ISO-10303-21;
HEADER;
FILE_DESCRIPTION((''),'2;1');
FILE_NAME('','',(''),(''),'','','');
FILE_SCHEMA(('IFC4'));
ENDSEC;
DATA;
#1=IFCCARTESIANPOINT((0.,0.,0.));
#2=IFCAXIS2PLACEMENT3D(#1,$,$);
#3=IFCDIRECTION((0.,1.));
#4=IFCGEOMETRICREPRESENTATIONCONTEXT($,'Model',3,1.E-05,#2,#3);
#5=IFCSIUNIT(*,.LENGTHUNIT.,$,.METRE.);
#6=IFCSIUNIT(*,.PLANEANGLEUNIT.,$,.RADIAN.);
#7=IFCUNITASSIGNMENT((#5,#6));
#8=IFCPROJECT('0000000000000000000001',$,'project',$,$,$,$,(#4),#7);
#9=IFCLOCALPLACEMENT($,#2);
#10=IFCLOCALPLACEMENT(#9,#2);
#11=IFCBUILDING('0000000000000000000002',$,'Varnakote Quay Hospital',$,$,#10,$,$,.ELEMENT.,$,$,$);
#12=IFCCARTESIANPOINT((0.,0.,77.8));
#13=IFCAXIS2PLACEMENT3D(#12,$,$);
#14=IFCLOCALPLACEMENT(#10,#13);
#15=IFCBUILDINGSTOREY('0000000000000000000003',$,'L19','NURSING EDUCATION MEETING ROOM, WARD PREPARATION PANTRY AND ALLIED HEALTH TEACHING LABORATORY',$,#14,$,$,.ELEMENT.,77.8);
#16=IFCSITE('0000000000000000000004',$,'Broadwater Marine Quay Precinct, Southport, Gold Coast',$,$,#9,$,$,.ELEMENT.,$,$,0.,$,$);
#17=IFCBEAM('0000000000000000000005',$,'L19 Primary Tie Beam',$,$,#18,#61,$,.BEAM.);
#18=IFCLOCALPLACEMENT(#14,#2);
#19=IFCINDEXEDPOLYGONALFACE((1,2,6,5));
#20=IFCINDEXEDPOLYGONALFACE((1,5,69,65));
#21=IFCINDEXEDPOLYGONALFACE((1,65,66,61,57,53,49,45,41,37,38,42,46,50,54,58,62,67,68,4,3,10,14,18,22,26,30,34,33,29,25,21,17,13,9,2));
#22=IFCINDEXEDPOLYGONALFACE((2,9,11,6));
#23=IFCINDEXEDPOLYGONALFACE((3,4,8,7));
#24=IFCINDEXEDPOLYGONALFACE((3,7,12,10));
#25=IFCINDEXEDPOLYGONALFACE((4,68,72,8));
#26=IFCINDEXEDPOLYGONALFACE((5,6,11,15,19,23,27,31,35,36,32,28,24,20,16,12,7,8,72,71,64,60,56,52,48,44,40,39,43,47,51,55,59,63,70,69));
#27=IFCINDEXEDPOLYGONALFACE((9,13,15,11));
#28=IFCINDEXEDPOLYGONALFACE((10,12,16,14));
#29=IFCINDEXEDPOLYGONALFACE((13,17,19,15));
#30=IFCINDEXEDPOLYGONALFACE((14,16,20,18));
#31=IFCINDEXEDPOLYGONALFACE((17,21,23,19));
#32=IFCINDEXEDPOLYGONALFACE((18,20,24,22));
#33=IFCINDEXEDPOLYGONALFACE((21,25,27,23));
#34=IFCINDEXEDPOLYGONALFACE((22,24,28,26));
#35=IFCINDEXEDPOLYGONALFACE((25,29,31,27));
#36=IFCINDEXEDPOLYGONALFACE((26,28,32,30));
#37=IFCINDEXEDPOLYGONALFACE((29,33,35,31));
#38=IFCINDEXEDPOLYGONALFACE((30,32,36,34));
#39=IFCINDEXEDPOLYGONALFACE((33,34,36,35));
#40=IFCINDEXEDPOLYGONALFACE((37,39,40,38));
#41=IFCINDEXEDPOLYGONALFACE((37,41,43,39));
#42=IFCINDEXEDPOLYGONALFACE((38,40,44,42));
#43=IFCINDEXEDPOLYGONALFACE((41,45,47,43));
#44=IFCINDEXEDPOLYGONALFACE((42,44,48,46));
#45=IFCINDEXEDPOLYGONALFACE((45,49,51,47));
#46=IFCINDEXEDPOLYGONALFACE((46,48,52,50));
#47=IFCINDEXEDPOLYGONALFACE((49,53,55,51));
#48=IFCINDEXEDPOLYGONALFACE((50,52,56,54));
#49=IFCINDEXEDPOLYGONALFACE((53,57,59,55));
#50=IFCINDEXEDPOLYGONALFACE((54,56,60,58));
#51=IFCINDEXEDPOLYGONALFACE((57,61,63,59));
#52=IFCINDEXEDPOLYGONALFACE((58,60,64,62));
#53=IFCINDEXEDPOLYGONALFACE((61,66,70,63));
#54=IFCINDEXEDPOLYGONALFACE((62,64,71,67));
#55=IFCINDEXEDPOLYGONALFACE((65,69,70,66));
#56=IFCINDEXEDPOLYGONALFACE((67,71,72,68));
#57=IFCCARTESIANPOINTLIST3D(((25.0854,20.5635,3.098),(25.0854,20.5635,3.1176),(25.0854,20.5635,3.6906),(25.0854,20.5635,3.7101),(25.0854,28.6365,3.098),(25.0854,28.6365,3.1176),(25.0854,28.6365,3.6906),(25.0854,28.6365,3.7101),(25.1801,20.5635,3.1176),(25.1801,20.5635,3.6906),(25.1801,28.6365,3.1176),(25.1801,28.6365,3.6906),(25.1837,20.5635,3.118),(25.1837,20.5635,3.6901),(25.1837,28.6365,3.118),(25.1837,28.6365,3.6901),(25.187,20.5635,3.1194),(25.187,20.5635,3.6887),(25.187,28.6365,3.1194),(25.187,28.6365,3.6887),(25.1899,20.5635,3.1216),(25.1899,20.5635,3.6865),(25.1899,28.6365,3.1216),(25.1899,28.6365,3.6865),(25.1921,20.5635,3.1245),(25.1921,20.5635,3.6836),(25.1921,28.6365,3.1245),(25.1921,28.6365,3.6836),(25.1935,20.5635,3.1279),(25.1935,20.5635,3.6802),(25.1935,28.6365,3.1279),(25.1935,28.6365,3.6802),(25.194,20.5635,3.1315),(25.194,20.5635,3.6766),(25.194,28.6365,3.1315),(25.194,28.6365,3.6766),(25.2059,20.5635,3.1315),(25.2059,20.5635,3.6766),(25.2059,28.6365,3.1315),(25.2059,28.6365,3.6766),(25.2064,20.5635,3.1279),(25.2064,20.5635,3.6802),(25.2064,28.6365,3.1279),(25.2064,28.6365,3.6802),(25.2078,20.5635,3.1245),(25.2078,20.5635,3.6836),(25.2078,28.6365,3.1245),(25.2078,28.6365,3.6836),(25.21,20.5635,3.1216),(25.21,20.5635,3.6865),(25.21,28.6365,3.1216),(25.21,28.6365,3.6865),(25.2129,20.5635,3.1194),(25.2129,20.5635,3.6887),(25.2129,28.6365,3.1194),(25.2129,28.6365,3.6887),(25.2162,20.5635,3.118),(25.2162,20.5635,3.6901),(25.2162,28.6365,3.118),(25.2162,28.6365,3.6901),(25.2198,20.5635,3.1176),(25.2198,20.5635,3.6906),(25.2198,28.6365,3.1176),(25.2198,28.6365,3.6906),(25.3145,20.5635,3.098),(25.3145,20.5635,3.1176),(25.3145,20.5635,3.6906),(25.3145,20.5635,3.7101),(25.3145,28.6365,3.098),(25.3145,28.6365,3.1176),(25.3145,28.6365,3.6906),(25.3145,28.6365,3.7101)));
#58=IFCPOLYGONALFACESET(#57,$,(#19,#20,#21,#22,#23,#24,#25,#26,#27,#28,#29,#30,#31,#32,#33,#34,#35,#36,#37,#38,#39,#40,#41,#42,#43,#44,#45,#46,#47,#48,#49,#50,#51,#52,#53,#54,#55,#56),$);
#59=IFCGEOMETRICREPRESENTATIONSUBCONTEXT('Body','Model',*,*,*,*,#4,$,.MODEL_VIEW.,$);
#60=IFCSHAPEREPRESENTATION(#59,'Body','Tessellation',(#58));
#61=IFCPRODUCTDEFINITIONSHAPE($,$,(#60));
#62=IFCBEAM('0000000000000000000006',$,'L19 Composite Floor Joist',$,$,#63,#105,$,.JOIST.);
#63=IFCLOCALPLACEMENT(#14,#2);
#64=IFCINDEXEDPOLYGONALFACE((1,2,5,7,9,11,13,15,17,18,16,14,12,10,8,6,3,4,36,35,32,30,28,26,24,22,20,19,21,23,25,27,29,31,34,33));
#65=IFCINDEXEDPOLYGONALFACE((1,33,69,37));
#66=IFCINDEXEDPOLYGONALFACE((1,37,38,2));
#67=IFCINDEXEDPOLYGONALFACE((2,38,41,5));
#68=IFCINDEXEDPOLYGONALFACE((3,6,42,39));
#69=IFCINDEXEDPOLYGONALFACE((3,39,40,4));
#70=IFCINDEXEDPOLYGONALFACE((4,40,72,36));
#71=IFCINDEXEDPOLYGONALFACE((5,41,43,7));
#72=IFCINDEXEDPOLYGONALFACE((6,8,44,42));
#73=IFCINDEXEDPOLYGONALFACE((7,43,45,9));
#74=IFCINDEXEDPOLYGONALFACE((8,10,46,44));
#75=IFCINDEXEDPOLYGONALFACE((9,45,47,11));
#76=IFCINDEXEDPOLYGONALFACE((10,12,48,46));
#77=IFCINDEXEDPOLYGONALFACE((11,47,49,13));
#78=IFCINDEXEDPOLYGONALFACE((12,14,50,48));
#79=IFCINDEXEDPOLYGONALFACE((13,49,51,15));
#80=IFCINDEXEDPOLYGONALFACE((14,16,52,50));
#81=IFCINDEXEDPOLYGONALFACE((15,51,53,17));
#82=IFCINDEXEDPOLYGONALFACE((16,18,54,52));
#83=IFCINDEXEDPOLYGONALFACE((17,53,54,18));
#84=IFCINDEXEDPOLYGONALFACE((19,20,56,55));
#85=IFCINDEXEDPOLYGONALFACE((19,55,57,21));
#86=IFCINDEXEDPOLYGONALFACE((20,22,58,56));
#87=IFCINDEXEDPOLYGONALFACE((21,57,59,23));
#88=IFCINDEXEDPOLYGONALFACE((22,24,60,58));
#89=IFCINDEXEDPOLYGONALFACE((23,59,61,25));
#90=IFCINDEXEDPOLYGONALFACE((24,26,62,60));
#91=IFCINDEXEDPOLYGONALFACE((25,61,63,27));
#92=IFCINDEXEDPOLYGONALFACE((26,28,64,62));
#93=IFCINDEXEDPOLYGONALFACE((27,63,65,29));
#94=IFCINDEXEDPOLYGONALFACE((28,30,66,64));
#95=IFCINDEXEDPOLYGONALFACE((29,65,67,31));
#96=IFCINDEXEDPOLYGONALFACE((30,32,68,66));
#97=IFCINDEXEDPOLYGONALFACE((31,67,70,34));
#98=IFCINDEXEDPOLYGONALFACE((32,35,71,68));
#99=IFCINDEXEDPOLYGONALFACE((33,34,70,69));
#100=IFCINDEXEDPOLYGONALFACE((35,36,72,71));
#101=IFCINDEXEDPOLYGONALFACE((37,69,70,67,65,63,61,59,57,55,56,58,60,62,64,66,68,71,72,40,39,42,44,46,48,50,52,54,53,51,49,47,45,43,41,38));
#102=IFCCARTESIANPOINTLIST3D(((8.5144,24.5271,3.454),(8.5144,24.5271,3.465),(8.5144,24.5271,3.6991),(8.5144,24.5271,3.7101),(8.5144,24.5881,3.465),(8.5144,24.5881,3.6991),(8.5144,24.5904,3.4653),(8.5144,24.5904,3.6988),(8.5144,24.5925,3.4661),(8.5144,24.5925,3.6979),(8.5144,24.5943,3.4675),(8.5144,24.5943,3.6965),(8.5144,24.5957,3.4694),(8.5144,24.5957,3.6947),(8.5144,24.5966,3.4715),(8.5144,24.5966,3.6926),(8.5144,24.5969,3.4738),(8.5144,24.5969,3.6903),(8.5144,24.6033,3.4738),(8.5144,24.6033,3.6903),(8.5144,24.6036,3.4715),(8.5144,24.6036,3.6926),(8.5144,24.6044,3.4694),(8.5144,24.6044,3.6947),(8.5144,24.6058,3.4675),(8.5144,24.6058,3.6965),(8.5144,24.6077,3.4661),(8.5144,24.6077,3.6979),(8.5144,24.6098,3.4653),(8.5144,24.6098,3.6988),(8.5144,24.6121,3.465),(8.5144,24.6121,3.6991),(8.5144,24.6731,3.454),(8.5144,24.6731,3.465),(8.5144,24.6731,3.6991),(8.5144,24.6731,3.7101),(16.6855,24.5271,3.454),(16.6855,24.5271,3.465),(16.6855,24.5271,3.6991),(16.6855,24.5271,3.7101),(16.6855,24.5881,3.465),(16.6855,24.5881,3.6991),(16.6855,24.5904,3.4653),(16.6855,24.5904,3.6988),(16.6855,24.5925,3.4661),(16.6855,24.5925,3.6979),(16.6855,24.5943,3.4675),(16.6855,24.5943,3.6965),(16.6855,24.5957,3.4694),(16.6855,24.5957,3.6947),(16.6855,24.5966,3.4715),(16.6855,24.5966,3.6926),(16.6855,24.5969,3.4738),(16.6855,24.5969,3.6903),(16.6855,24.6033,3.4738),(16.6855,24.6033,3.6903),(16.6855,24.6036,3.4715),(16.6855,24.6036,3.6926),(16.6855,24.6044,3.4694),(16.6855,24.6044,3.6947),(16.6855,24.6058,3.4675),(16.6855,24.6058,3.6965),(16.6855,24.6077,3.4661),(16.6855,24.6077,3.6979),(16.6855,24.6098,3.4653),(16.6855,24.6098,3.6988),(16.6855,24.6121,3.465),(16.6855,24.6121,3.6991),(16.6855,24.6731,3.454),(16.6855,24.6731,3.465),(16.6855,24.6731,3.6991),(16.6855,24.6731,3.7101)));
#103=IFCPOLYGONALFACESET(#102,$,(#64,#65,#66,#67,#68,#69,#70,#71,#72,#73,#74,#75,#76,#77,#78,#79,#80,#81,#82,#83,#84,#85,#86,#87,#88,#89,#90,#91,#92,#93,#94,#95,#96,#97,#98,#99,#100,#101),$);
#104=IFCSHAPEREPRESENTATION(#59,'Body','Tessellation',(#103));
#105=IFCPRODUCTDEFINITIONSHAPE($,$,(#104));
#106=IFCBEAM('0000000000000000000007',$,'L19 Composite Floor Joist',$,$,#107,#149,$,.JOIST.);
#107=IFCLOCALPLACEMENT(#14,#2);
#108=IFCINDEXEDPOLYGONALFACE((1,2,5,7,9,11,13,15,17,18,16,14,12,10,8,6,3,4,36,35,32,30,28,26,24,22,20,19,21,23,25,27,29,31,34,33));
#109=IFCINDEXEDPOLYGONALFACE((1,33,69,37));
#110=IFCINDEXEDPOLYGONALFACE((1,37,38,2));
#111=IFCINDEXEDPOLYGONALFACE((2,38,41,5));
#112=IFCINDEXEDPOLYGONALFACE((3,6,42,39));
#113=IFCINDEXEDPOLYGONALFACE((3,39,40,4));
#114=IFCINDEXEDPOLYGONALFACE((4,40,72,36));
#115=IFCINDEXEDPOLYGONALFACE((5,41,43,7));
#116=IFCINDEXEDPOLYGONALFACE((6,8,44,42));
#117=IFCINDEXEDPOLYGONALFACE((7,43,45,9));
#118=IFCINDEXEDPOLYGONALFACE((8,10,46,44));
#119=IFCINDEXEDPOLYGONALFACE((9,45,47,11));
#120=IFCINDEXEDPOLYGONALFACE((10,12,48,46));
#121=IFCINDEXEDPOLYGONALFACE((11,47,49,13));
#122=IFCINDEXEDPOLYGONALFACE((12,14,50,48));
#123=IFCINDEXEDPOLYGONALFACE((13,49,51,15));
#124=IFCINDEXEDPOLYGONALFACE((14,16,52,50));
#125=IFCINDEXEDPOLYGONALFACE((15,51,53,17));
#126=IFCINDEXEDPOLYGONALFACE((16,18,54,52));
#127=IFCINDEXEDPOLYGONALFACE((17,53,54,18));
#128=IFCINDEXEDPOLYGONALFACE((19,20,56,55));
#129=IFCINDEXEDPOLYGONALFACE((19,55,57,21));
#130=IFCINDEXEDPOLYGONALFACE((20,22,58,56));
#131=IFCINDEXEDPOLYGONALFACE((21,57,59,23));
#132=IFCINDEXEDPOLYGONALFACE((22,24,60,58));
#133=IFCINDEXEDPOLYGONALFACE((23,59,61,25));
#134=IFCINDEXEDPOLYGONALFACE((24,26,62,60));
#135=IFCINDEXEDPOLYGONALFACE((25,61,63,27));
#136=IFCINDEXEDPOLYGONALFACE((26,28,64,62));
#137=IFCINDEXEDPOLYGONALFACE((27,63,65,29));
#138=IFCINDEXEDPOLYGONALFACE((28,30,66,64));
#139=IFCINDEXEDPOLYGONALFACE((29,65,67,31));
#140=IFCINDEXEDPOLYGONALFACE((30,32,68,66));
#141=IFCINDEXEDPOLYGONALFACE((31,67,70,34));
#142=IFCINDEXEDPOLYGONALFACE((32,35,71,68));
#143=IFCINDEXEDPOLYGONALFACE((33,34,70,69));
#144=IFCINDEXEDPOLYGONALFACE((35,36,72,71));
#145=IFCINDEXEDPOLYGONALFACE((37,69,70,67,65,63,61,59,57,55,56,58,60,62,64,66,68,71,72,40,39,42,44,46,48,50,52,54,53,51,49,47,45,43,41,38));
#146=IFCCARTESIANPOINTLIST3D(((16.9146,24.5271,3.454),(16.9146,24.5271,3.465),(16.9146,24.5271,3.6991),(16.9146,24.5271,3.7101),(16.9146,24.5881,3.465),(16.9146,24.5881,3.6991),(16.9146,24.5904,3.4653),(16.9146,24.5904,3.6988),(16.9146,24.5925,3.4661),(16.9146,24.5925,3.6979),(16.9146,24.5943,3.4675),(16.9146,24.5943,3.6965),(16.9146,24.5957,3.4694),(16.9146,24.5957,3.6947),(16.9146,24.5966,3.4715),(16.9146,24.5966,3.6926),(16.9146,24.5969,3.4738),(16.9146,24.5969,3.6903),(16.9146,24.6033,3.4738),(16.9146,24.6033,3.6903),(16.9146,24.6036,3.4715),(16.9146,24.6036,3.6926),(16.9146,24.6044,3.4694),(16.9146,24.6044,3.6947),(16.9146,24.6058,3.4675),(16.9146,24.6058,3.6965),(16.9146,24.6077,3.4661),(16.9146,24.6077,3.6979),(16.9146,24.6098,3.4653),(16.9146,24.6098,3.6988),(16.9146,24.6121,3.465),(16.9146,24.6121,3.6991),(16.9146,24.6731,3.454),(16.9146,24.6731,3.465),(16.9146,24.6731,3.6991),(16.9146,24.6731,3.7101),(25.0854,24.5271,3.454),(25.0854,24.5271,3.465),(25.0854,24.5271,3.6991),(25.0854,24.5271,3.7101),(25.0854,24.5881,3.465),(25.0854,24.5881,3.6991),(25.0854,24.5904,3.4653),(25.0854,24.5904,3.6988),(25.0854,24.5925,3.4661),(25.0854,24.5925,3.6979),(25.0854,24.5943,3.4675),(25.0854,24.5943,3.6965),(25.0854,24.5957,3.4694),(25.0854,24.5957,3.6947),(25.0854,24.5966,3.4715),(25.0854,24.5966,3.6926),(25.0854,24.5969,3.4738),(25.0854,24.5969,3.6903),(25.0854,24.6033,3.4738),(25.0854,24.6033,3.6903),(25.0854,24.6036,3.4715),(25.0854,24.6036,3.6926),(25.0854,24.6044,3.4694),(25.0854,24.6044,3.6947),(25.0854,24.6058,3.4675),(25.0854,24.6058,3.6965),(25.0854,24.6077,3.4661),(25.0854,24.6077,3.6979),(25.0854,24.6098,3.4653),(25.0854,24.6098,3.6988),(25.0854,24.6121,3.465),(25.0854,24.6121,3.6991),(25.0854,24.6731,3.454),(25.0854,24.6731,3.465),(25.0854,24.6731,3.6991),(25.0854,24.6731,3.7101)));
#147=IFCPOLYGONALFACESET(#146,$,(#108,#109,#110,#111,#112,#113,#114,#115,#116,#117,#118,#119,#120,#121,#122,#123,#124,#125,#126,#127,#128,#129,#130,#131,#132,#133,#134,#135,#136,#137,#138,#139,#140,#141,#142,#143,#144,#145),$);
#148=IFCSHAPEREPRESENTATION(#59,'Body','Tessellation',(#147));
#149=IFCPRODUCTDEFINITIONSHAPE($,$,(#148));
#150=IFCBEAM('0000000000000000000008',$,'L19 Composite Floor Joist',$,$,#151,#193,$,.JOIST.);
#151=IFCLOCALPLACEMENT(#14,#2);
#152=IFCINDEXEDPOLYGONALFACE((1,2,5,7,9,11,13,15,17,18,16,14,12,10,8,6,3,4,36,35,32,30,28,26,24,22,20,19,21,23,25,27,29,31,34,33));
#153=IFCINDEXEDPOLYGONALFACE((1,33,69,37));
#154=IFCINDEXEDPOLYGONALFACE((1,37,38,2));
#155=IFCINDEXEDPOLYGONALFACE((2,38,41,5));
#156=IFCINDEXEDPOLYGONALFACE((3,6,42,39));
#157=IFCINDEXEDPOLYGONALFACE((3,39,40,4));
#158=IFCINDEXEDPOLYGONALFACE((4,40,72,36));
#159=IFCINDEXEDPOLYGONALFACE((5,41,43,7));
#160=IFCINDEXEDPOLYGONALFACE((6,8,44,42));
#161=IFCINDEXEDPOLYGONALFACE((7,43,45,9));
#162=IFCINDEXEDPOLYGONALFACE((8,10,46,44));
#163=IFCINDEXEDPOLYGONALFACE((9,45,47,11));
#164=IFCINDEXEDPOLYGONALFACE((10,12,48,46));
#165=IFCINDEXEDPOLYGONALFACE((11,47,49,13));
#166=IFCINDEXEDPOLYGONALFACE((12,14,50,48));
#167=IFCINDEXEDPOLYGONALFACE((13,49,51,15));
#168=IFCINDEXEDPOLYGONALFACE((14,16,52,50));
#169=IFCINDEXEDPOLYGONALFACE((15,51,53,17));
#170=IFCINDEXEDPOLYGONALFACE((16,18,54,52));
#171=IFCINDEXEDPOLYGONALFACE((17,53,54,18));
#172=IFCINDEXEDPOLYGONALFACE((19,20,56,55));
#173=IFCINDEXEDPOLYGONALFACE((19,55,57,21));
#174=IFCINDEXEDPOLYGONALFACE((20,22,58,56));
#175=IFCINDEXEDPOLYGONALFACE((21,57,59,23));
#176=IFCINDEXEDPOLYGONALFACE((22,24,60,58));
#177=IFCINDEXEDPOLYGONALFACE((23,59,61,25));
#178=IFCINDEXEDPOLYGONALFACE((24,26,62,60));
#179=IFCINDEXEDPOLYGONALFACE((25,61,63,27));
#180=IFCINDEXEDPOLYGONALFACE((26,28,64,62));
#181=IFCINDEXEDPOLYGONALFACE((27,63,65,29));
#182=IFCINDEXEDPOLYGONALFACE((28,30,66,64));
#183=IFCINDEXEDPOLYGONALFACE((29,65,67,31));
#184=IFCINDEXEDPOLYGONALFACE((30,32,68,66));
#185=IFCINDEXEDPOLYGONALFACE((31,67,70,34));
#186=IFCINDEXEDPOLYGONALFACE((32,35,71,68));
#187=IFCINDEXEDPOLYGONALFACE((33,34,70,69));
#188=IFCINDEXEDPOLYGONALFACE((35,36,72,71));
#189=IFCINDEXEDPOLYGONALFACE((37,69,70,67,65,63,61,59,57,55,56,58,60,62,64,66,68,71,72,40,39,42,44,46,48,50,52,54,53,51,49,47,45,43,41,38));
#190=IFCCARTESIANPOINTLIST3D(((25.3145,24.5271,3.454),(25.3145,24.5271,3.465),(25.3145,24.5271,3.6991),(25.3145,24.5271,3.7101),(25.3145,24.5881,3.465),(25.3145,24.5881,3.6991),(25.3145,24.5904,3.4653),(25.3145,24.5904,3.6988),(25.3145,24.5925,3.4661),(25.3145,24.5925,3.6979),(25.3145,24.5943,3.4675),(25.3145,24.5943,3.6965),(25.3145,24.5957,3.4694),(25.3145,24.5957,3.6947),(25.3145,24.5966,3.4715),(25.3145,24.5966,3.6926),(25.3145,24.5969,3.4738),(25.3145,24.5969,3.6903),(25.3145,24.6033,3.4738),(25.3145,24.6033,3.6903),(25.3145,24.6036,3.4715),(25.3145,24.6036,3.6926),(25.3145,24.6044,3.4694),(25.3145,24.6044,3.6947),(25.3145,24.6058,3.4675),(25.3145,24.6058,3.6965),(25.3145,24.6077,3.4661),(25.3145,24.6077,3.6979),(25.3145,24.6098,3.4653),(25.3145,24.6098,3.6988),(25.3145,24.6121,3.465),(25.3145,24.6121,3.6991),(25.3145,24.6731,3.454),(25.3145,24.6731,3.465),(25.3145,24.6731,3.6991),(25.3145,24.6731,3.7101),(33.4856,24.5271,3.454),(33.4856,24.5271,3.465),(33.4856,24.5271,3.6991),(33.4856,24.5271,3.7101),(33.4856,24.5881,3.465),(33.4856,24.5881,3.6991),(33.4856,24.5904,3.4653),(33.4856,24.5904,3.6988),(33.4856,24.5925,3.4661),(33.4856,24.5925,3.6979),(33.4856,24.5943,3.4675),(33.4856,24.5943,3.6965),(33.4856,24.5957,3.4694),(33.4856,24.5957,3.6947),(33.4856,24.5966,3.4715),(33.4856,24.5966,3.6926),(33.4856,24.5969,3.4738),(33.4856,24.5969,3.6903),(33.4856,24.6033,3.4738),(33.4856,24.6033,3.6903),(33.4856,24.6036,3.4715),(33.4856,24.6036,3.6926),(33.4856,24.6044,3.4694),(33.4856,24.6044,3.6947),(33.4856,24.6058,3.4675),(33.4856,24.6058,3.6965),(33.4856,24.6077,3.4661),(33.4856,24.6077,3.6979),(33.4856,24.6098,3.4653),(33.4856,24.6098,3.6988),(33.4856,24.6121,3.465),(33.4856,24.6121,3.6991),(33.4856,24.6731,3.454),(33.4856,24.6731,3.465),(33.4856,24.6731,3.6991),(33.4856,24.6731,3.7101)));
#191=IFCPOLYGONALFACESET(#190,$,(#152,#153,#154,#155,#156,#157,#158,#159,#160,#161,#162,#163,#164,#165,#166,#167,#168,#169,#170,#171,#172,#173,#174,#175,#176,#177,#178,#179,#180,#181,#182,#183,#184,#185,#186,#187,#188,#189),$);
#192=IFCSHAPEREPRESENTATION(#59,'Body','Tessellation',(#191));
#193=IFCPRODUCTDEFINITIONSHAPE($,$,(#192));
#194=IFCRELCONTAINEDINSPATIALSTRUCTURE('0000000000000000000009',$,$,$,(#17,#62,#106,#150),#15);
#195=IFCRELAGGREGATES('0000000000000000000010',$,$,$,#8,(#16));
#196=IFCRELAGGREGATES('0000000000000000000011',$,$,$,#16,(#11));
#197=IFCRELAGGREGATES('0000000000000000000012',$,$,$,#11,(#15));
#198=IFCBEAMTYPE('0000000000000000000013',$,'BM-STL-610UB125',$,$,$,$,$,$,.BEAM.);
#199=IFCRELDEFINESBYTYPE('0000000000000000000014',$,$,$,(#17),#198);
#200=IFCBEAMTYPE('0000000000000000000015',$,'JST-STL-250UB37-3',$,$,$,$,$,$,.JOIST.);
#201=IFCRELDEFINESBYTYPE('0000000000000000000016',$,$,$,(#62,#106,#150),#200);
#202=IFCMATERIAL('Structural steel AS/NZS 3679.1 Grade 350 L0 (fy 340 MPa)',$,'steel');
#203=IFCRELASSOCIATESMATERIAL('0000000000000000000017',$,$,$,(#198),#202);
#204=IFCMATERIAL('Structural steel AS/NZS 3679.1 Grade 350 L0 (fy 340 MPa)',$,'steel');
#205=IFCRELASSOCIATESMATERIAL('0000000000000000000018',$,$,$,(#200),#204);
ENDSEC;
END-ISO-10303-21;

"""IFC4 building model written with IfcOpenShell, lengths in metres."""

from ifc_helpers import new_model, si_unit, direction, frame, origin, origin_2d, place, context, subcontext, project, spatial, i_section, extrude, material, material_profile, profile_set, type_object, element, save


model = new_model("IFC4")

# Units and contexts
model_context = context("Model", 3, precision=1e-05, world=origin(), true_north=direction((0.0, 1.0)))
body_context = subcontext(model_context, "Body", "Model", "MODEL_VIEW")
ifc_project = project(units=[si_unit("LENGTHUNIT", "METRE"), si_unit("PLANEANGLEUNIT", "RADIAN")], contexts=[model_context])

# Site, building, storey
site_placement = place(None, origin())
site = spatial("IfcSite", under=ifc_project, at=site_placement, Name="Broadwater Marine Quay Precinct, Southport, Gold Coast", CompositionType="ELEMENT", RefElevation=0.0)
building_placement = place(site_placement, origin())
building = spatial("IfcBuilding", under=site, at=building_placement, Name="Varnakote Quay Hospital", CompositionType="ELEMENT")
storey_placement = place(building_placement, frame((0.0, 0.0, 77.8)))
storey = spatial("IfcBuildingStorey", under=building, at=storey_placement, Name="L19", Description="NURSING EDUCATION MEETING ROOM, WARD PREPARATION PANTRY AND ALLIED HEALTH TEACHING LABORATORY", CompositionType="ELEMENT", Elevation=77.8)

# Beams
ifc_material_1 = material(Name="Structural steel AS/NZS 3679.1 Grade 350 L0 (fy 340 MPa)", Category="steel")
ifc_material_profile_1 = material_profile(ifc_material_1, i_section(OverallWidth=0.229, OverallDepth=0.6121, WebThickness=0.012, FlangeThickness=0.0195, FilletRadius=0.0139, at=origin_2d()), Name="610UB125")
ifc_profile_set_1 = profile_set([ifc_material_profile_1], Name="Structural steel AS/NZS 3679.1 Grade 350 L0 (fy 340 MPa)")
beam_type_1 = type_object("IfcBeamType", Name="BM-STL-610UB125", PredefinedType="BEAM", material=ifc_profile_set_1)
beam_1_placement = place(storey_placement, frame((25.2, 20.5635, 3.4041), z_axis=(0.0, 1.0, 0.0), x_axis=(-1.0, 0.0, 0.0)))
element("IfcBeam", 1, at=beam_1_placement, inside=storey, type_object=beam_type_1, Name="L19 Primary Tie Beam", PredefinedType="BEAM", context=body_context, shape_type="SweptSolid", body=[
    extrude(i_section(OverallWidth=0.229, OverallDepth=0.6121, WebThickness=0.012, FlangeThickness=0.0195, FilletRadius=0.0139, at=origin_2d()), origin(), (0.0, 0.0, 1.0), 8.073),
])
ifc_material_2 = material(Name="Structural steel AS/NZS 3679.1 Grade 350 L0 (fy 340 MPa)", Category="steel")
ifc_material_profile_2 = material_profile(ifc_material_2, i_section(OverallWidth=0.146, OverallDepth=0.2561, WebThickness=0.0063, FlangeThickness=0.011, FilletRadius=0.0088, at=origin_2d()), Name="250UB37.3")
ifc_profile_set_2 = profile_set([ifc_material_profile_2], Name="Structural steel AS/NZS 3679.1 Grade 350 L0 (fy 340 MPa)")
beam_type_2 = type_object("IfcBeamType", Name="JST-STL-250UB37-3", PredefinedType="JOIST", material=ifc_profile_set_2)
beam_2_placement = place(storey_placement, frame((8.5144, 24.6001, 3.582), z_axis=(1.0, 0.0, 0.0), x_axis=(0.0, 1.0, 0.0)))
element("IfcBeam", 2, at=beam_2_placement, inside=storey, type_object=beam_type_2, Name="L19 Composite Floor Joist", PredefinedType="JOIST", context=body_context, shape_type="SweptSolid", body=[
    extrude(i_section(OverallWidth=0.146, OverallDepth=0.2561, WebThickness=0.0063, FlangeThickness=0.011, FilletRadius=0.0088, at=origin_2d()), origin(), (0.0, 0.0, 1.0), 8.1711),
])
beam_3_placement = place(storey_placement, frame((16.9146, 24.6001, 3.582), z_axis=(1.0, 0.0, 0.0), x_axis=(0.0, 1.0, 0.0)))
element("IfcBeam", 3, at=beam_3_placement, inside=storey, type_object=beam_type_2, Name="L19 Composite Floor Joist", PredefinedType="JOIST", context=body_context, shape_type="SweptSolid", body=[
    extrude(i_section(OverallWidth=0.146, OverallDepth=0.2561, WebThickness=0.0063, FlangeThickness=0.011, FilletRadius=0.0088, at=origin_2d()), origin(), (0.0, 0.0, 1.0), 8.1709),
])
beam_4_placement = place(storey_placement, frame((25.3145, 24.6001, 3.582), z_axis=(1.0, 0.0, 0.0), x_axis=(0.0, 1.0, 0.0)))
element("IfcBeam", 4, at=beam_4_placement, inside=storey, type_object=beam_type_2, Name="L19 Composite Floor Joist", PredefinedType="JOIST", context=body_context, shape_type="SweptSolid", body=[
    extrude(i_section(OverallWidth=0.146, OverallDepth=0.2561, WebThickness=0.0063, FlangeThickness=0.011, FilletRadius=0.0088, at=origin_2d()), origin(), (0.0, 0.0, 1.0), 8.1711),
])

save(model, "model.ifc")
